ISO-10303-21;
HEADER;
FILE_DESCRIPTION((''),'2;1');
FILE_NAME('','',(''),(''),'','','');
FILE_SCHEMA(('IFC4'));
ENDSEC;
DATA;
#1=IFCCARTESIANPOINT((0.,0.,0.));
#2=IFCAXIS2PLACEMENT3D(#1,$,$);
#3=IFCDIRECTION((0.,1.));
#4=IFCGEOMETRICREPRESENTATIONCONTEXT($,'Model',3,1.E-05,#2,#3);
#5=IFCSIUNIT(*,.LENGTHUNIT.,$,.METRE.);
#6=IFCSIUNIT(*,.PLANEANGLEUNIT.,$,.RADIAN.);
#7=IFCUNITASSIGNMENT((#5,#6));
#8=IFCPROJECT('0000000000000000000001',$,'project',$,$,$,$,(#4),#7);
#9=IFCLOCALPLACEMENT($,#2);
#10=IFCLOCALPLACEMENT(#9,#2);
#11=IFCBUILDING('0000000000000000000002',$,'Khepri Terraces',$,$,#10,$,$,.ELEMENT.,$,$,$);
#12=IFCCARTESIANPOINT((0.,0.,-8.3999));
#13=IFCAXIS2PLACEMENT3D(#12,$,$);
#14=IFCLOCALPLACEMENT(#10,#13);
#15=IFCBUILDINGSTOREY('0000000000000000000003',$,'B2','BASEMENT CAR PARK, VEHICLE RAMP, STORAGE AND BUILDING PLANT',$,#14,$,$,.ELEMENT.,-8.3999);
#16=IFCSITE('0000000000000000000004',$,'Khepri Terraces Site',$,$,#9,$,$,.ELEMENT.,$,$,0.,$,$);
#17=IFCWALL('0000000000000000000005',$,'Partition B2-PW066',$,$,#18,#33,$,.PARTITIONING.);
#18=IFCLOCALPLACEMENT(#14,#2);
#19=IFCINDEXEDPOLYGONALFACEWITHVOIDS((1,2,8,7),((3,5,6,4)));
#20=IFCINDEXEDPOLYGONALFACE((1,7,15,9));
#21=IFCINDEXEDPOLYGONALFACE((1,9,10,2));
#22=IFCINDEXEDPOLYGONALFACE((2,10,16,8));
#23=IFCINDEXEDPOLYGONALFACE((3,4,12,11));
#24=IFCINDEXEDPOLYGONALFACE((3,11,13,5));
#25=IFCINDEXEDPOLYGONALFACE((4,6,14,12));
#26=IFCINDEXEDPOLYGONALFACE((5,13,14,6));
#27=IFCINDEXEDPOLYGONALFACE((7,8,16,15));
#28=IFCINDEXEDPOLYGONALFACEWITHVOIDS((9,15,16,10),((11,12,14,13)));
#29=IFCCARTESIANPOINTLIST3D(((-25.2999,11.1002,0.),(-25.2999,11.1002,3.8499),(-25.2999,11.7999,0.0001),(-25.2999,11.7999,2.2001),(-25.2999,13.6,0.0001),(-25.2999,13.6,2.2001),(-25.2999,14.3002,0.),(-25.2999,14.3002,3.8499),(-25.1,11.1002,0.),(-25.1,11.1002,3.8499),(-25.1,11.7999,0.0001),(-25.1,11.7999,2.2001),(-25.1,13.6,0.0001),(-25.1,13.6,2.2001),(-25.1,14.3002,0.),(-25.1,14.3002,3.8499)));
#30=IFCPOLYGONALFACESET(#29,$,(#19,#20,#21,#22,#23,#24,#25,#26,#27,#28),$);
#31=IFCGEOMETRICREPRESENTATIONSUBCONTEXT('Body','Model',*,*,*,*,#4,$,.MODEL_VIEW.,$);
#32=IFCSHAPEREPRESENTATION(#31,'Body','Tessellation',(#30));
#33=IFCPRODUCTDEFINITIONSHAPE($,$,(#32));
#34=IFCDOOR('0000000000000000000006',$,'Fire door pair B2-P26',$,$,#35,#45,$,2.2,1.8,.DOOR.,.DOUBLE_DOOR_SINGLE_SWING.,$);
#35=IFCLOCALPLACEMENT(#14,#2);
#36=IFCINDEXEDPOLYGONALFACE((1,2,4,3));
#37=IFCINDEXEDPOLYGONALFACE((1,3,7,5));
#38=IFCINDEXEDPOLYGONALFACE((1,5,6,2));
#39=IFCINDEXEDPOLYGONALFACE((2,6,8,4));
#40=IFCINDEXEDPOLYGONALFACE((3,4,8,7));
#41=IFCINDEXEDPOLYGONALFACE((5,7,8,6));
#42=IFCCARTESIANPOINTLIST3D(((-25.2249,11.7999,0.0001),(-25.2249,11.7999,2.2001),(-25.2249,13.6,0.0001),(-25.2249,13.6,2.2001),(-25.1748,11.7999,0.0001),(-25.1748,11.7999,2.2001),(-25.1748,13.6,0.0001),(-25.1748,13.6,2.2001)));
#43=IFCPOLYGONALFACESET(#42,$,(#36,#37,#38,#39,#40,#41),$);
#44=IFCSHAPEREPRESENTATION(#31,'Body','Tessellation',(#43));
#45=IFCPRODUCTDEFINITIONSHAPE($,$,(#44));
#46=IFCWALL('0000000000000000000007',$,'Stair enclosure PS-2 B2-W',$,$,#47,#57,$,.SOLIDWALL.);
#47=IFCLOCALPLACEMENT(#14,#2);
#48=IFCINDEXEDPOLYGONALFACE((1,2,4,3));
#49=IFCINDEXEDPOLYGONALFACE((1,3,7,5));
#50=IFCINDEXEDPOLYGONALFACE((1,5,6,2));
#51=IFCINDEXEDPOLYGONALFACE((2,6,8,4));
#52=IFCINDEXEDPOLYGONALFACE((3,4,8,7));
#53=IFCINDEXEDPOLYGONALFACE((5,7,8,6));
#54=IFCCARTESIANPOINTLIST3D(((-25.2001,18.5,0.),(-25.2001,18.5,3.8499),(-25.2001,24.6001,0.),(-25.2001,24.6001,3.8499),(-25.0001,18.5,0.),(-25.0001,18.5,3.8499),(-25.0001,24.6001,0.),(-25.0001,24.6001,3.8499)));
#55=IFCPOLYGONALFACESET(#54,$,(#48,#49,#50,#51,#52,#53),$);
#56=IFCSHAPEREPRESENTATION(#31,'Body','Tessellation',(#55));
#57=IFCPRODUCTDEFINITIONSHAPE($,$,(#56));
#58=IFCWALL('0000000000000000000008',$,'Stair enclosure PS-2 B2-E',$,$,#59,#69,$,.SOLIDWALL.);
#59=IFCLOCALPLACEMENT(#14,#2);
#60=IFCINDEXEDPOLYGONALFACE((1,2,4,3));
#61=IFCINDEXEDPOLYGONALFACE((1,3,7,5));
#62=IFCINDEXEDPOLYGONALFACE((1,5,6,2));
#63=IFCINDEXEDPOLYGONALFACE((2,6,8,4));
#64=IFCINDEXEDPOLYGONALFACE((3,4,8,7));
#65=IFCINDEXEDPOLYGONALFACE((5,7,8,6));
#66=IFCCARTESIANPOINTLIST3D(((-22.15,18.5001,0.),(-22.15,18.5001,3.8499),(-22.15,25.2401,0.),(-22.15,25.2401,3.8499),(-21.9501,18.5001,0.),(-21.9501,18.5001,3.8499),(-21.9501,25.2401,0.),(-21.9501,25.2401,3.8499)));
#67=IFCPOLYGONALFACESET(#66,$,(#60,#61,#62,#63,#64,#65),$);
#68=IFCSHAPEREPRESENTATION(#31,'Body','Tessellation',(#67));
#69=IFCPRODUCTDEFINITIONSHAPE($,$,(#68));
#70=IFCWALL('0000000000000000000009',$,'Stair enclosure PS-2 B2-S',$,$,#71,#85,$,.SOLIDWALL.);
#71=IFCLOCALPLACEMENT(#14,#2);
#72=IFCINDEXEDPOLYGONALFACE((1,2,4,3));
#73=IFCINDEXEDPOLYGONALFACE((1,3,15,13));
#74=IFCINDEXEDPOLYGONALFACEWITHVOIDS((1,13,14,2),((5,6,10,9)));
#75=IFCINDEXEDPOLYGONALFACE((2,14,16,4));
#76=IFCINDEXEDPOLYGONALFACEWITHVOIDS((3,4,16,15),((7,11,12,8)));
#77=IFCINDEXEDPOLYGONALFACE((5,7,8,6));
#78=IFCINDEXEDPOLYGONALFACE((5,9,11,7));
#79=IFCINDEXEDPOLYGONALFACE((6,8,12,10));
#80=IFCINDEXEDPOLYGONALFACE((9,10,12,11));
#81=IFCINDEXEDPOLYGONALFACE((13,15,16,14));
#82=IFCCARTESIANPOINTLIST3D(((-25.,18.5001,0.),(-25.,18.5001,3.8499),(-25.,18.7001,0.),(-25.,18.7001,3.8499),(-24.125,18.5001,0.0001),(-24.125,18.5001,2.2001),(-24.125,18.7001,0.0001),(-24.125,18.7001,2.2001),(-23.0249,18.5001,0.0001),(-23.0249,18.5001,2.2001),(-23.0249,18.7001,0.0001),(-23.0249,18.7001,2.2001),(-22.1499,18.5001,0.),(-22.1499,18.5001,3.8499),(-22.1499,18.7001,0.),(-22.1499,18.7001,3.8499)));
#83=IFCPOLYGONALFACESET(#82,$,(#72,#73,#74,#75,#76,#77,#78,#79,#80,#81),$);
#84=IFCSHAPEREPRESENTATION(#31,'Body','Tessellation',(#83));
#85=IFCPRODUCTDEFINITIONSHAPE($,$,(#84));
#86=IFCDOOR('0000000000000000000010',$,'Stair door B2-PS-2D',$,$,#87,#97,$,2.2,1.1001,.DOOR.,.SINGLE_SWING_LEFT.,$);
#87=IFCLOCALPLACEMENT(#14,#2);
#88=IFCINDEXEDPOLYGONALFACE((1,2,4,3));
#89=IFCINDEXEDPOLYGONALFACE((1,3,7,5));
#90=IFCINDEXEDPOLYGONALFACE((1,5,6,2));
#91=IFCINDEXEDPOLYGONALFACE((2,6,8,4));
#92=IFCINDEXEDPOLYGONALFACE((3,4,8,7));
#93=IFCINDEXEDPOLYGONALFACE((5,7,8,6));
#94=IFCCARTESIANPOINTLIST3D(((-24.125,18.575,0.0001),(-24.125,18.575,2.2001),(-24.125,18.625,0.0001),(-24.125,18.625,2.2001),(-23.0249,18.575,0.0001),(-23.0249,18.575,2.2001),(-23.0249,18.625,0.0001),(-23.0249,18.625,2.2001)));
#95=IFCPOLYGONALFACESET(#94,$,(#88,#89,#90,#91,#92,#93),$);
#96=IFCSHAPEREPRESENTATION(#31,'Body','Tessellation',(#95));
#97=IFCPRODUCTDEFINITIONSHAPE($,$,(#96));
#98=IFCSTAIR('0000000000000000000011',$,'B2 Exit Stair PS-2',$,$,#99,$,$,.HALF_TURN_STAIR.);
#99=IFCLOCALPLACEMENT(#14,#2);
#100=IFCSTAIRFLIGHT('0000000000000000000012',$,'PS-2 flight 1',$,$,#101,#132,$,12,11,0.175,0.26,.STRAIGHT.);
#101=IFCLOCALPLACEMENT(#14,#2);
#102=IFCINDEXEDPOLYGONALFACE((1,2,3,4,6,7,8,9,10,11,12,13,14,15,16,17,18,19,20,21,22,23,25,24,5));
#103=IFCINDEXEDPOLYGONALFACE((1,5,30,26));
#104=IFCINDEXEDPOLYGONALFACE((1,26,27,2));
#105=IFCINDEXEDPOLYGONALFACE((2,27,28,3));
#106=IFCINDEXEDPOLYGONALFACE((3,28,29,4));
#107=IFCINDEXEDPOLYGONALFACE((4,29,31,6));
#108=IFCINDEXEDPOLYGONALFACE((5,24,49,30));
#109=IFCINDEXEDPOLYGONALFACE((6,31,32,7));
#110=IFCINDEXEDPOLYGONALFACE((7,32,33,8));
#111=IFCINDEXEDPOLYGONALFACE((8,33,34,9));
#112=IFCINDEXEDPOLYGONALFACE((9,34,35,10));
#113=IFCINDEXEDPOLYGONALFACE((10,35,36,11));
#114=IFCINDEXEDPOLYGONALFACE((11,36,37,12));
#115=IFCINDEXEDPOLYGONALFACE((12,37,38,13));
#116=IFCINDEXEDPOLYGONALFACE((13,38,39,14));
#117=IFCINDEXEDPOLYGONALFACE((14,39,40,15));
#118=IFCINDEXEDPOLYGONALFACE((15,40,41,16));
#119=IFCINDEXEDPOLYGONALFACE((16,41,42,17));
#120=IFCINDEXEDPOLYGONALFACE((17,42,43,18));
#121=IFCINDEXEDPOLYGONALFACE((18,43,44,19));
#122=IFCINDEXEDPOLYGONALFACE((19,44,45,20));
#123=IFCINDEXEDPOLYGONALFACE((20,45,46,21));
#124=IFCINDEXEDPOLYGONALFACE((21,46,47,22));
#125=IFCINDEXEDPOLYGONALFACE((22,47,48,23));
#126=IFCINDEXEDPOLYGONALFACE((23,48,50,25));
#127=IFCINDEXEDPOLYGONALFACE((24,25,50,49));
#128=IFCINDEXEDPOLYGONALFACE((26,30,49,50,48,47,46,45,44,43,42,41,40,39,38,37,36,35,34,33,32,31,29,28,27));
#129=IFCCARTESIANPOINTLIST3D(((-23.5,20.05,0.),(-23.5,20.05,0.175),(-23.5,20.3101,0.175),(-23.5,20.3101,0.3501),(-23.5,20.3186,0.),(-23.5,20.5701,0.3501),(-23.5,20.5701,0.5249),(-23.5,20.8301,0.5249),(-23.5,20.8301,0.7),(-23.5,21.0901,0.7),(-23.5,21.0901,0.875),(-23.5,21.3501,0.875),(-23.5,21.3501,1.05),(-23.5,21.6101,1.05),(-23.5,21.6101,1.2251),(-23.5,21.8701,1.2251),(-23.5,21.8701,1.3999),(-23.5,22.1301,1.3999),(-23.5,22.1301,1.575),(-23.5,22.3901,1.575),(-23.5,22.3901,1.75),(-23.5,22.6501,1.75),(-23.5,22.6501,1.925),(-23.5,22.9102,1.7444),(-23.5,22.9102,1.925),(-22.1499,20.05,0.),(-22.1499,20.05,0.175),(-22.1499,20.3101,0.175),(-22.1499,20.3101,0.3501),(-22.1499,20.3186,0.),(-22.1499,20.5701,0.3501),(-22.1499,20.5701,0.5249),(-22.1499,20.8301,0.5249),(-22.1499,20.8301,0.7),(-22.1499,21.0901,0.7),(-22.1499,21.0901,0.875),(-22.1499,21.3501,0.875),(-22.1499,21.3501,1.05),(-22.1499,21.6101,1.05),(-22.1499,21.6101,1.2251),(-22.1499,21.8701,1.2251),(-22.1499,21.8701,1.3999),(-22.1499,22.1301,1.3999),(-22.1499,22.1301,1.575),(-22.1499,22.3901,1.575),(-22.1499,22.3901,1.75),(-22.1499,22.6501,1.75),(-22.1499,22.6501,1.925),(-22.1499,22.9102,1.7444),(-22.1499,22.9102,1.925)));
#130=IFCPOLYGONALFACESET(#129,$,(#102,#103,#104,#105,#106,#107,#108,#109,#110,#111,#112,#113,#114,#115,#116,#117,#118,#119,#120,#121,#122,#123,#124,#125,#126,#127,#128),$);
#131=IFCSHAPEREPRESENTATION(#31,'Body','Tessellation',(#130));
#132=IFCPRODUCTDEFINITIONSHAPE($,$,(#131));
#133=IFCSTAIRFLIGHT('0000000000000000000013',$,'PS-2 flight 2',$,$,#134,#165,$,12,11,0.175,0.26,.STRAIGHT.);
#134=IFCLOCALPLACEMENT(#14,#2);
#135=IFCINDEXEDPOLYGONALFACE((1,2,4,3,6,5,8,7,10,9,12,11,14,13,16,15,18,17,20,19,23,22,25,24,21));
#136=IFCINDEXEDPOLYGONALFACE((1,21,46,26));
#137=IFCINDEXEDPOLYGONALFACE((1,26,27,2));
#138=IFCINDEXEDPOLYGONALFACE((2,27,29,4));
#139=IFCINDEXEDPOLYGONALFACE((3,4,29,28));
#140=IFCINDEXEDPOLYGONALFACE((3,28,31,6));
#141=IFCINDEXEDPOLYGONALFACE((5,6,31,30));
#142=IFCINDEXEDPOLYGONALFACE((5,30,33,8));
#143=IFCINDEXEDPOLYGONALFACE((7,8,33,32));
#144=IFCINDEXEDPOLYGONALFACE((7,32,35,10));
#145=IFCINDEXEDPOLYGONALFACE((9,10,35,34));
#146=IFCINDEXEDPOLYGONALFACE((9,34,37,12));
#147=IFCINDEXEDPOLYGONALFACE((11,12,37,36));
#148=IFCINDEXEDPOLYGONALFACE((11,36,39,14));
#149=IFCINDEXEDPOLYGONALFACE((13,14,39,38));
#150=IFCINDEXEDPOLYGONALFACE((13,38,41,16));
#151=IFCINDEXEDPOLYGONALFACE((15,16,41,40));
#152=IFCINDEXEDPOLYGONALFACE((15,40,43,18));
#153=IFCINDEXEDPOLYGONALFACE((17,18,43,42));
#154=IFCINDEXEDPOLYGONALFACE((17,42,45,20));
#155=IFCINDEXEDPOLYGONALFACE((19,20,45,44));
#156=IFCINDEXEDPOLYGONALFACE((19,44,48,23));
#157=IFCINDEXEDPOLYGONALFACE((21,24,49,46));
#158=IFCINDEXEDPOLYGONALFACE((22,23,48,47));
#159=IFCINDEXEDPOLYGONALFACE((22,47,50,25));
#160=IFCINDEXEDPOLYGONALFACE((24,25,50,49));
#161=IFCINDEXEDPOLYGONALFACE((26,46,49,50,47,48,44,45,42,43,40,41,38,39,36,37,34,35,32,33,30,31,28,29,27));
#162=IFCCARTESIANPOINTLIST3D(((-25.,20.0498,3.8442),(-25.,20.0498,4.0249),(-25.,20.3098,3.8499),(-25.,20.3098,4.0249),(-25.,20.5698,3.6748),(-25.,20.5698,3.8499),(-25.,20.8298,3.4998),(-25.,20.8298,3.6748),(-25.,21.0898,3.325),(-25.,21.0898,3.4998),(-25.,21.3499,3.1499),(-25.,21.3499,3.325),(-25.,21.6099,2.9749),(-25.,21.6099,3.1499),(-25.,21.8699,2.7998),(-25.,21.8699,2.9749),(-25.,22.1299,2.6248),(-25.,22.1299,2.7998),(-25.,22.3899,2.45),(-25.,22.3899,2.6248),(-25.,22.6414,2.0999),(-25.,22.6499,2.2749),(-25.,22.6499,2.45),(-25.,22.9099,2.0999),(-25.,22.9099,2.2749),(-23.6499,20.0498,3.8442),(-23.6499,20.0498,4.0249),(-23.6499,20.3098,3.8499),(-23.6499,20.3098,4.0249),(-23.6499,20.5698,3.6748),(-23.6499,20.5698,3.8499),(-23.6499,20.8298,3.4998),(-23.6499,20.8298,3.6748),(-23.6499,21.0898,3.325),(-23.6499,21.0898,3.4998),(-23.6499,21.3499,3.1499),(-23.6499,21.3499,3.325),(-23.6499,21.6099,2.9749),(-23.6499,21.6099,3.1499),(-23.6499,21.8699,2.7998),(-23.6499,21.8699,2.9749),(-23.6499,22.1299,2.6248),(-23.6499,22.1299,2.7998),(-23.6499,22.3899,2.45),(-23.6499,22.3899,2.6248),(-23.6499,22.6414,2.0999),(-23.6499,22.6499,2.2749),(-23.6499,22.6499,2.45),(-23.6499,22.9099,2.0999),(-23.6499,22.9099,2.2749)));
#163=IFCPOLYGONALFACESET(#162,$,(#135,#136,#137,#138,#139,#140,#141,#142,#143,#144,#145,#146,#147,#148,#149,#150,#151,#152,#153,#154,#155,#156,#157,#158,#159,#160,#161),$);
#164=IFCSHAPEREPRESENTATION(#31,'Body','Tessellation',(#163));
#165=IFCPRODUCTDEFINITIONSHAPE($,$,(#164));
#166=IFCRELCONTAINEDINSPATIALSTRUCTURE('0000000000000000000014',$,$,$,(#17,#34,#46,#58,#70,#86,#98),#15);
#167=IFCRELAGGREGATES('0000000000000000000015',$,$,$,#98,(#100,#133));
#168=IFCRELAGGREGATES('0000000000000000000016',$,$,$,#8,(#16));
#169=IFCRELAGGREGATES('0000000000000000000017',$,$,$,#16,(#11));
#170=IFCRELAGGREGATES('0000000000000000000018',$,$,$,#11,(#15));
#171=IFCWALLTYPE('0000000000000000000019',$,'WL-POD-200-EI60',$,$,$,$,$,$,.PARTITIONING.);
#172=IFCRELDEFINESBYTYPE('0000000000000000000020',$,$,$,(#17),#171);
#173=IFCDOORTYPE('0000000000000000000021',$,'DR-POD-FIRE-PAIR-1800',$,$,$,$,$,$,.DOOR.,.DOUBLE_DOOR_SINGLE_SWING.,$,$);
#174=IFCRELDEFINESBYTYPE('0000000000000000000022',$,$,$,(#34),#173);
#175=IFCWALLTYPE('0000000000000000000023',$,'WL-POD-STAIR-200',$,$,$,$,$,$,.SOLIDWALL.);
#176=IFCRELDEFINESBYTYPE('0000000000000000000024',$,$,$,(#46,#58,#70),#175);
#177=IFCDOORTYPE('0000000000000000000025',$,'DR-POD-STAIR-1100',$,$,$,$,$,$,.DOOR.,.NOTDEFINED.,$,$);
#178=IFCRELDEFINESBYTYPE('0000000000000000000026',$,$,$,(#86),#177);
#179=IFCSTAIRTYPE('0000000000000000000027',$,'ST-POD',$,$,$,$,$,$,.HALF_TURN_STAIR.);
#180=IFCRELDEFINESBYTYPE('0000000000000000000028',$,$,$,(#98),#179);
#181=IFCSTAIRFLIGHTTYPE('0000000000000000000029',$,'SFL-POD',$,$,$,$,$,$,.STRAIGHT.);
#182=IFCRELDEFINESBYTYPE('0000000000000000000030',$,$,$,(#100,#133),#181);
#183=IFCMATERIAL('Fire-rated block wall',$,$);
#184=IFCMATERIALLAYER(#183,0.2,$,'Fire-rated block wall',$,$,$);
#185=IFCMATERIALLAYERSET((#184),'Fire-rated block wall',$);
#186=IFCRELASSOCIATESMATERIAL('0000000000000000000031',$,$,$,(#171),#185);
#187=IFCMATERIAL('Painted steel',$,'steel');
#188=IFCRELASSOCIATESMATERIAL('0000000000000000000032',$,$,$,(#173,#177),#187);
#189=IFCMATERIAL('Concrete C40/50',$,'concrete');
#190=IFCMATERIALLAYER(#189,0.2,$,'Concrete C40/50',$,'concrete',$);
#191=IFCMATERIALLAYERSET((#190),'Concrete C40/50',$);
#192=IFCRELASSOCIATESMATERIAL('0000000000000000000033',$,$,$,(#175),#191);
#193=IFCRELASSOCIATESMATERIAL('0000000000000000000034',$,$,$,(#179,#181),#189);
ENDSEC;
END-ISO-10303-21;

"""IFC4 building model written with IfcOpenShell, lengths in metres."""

from ifc_helpers import new_model, si_unit, direction, frame, frame_2d, origin, place, context, subcontext, project, spatial, polyline, rectangle, outline, extrude, material, layer, layer_set, type_object, element, fill, aggregate, save


model = new_model("IFC4")

# Units and contexts
model_context = context("Model", 3, precision=1e-05, world=origin(), true_north=direction((0.0, 1.0)))
body_context = subcontext(model_context, "Body", "Model", "MODEL_VIEW")
ifc_project = project(units=[si_unit("LENGTHUNIT", "METRE"), si_unit("PLANEANGLEUNIT", "RADIAN")], contexts=[model_context])

# Site, building, storey
site_placement = place(None, origin())
site = spatial("IfcSite", under=ifc_project, at=site_placement, Name="Khepri Terraces Site", CompositionType="ELEMENT", RefElevation=0.0)
building_placement = place(site_placement, origin())
building = spatial("IfcBuilding", under=site, at=building_placement, Name="Khepri Terraces", CompositionType="ELEMENT")
storey_placement = place(building_placement, frame((0.0, 0.0, -8.3999)))
storey = spatial("IfcBuildingStorey", under=building, at=storey_placement, Name="B2", Description="BASEMENT CAR PARK, VEHICLE RAMP, STORAGE AND BUILDING PLANT", CompositionType="ELEMENT", Elevation=-8.3999)

# Shared definitions
ifc_material_1 = material(Name="Fire-rated block wall")

# Wall, opening, door
ifc_layer_1 = layer(ifc_material_1, 0.2, Name="Fire-rated block wall")
ifc_layer_set_1 = layer_set([ifc_layer_1], Name="Fire-rated block wall")
wall_type_1 = type_object("IfcWallType", Name="WL-POD-200-EI60", PredefinedType="PARTITIONING", material=ifc_layer_set_1)
wall_1_placement = place(storey_placement, frame((-25.2, 11.1001, 0.0), z_axis=(0.0, 0.0, 1.0), x_axis=(0.0, 1.0, 0.0)))
wall_1 = element("IfcWall", 1, at=wall_1_placement, inside=storey, type_object=wall_type_1, Name="Partition B2-PW066", PredefinedType="PARTITIONING", context=body_context, shape_type="SweptSolid", body=[
    extrude(rectangle(XDim=3.2, YDim=0.2, at=frame_2d((1.6001, 0.0))), origin(), (0.0, 0.0, 1.0), 3.8499),
])
opening_1_placement = place(wall_1_placement, frame((0.7, 0.0, 0.0)))
opening_1 = element("IfcOpeningElement", 2, at=opening_1_placement, cuts=wall_1, PredefinedType="OPENING", context=body_context, shape_type="SweptSolid", body=[
    extrude(rectangle(XDim=1.8, YDim=2.2, at=frame_2d((0.8999, 1.1001))), frame((0.0, 0.1099, 0.0), z_axis=(0.0, -1.0, 0.0), x_axis=(1.0, 0.0, 0.0)), (0.0, 0.0, 1.0), 0.22),
])
ifc_material_2 = material(Name="Painted steel", Category="steel")
door_type_1 = type_object("IfcDoorType", Name="DR-POD-FIRE-PAIR-1800", OperationType="DOUBLE_DOOR_SINGLE_SWING", PredefinedType="DOOR", material=ifc_material_2)
door_1_placement = place(opening_1_placement, origin())
door_1 = element("IfcDoor", 3, at=door_1_placement, inside=storey, type_object=door_type_1, Name="Fire door pair B2-P26", OperationType="DOUBLE_DOOR_SINGLE_SWING", OverallHeight=2.2, OverallWidth=1.8, PredefinedType="DOOR", context=body_context, shape_type="SweptSolid", body=[
    extrude(rectangle(XDim=1.8, YDim=2.2, at=frame_2d((0.8999, 1.1001))), frame((0.0, 0.0249, 0.0), z_axis=(0.0, -1.0, 0.0), x_axis=(1.0, 0.0, 0.0)), (0.0, 0.0, 1.0), 0.05),
])
fill(opening_1, door_1)

# Walls
ifc_material_3 = material(Name="Concrete C40/50", Category="concrete")
ifc_layer_2 = layer(ifc_material_3, 0.2, Name="Concrete C40/50", Category="concrete")
ifc_layer_set_2 = layer_set([ifc_layer_2], Name="Concrete C40/50")
wall_type_2 = type_object("IfcWallType", Name="WL-POD-STAIR-200", PredefinedType="SOLIDWALL", material=ifc_layer_set_2)
wall_2_placement = place(storey_placement, frame((-25.1001, 18.5, 0.0), z_axis=(0.0, 0.0, 1.0), x_axis=(0.0, 1.0, 0.0)))
element("IfcWall", 4, at=wall_2_placement, inside=storey, type_object=wall_type_2, Name="Stair enclosure PS-2 B2-W", PredefinedType="SOLIDWALL", context=body_context, shape_type="SweptSolid", body=[
    extrude(rectangle(XDim=6.1001, YDim=0.2, at=frame_2d((3.05, 0.0))), origin(), (0.0, 0.0, 1.0), 3.8499),
])
wall_3_placement = place(storey_placement, frame((-22.05, 18.5, 0.0), z_axis=(0.0, 0.0, 1.0), x_axis=(0.0, 1.0, 0.0)))
element("IfcWall", 5, at=wall_3_placement, inside=storey, type_object=wall_type_2, Name="Stair enclosure PS-2 B2-E", PredefinedType="SOLIDWALL", context=body_context, shape_type="SweptSolid", body=[
    extrude(rectangle(XDim=6.74, YDim=0.2, at=frame_2d((3.3701, 0.0))), origin(), (0.0, 0.0, 1.0), 3.8499),
])

# Wall, opening, door
wall_4_placement = place(storey_placement, frame((-25.0, 18.6001, 0.0), z_axis=(0.0, 0.0, 1.0), x_axis=(1.0, 0.0, 0.0)))
wall_4 = element("IfcWall", 6, at=wall_4_placement, inside=storey, type_object=wall_type_2, Name="Stair enclosure PS-2 B2-S", PredefinedType="SOLIDWALL", context=body_context, shape_type="SweptSolid", body=[
    extrude(rectangle(XDim=2.8501, YDim=0.2, at=frame_2d((1.425, 0.0))), origin(), (0.0, 0.0, 1.0), 3.8499),
])
opening_2_placement = place(wall_4_placement, frame((0.875, 0.0, 0.0)))
opening_2 = element("IfcOpeningElement", 7, at=opening_2_placement, cuts=wall_4, PredefinedType="OPENING", context=body_context, shape_type="SweptSolid", body=[
    extrude(rectangle(XDim=1.1001, YDim=2.2, at=frame_2d((0.55, 1.1001))), frame((0.0, 0.1099, 0.0), z_axis=(0.0, -1.0, 0.0), x_axis=(1.0, 0.0, 0.0)), (0.0, 0.0, 1.0), 0.22),
])
door_type_2 = type_object("IfcDoorType", Name="DR-POD-STAIR-1100", OperationType="NOTDEFINED", PredefinedType="DOOR", material=ifc_material_2)
door_2_placement = place(opening_2_placement, origin())
door_2 = element("IfcDoor", 8, at=door_2_placement, inside=storey, type_object=door_type_2, Name="Stair door B2-PS-2D", OperationType="SINGLE_SWING_LEFT", OverallHeight=2.2, OverallWidth=1.1001, PredefinedType="DOOR", context=body_context, shape_type="SweptSolid", body=[
    extrude(rectangle(XDim=1.1001, YDim=2.2, at=frame_2d((0.55, 1.1001))), frame((0.0, 0.0249, 0.0), z_axis=(0.0, -1.0, 0.0), x_axis=(1.0, 0.0, 0.0)), (0.0, 0.0, 1.0), 0.05),
])
fill(opening_2, door_2)

# Stair, stair flights
stair_type = type_object("IfcStairType", Name="ST-POD", PredefinedType="HALF_TURN_STAIR", material=ifc_material_3)
stair_placement = place(storey_placement, origin())
stair = element("IfcStair", 9, at=stair_placement, inside=storey, type_object=stair_type, Name="B2 Exit Stair PS-2", PredefinedType="HALF_TURN_STAIR")
stair_flight_type = type_object("IfcStairFlightType", Name="SFL-POD", PredefinedType="STRAIGHT", material=ifc_material_3)
stair_flight_1_placement = place(storey_placement, frame((-22.825, 20.05, 0.0), z_axis=(0.0, 0.0, 1.0), x_axis=(0.0, 1.0, 0.0)))
stair_flight_1 = element("IfcStairFlight", 10, at=stair_flight_1_placement, type_object=stair_flight_type, Name="PS-2 flight 1", NumberOfRisers=12, NumberOfTreads=11, PredefinedType="STRAIGHT", RiserHeight=0.175, TreadLength=0.26, context=body_context, shape_type="SweptSolid", body=[
    extrude(outline(polyline([(0.0, 0.0), (0.0, 0.175), (0.26, 0.175), (0.26, 0.3501), (0.52, 0.3501), (0.52, 0.5249), (0.78, 0.5249), (0.78, 0.7), (1.04, 0.7), (1.04, 0.875), (1.3, 0.875), (1.3, 1.05), (1.5601, 1.05), (1.5601, 1.2251), (1.8201, 1.2251), (1.8201, 1.3999), (2.0801, 1.3999), (2.0801, 1.575), (2.3401, 1.575), (2.3401, 1.75), (2.6001, 1.75), (2.6001, 1.925), (2.8601, 1.925), (2.8601, 2.1001), (2.8601, 1.7444), (0.2686, 0.0), (0.0, 0.0)])), frame((0.0, 0.675, 0.0), z_axis=(0.0, -1.0, 0.0), x_axis=(1.0, 0.0, 0.0)), (0.0, 0.0, 1.0), 1.3501),
])
stair_flight_2_placement = place(storey_placement, frame((-24.325, 22.9099, 2.0999), z_axis=(0.0, 0.0, 1.0), x_axis=(0.0, -1.0, 0.0)))
stair_flight_2 = element("IfcStairFlight", 11, at=stair_flight_2_placement, type_object=stair_flight_type, Name="PS-2 flight 2", NumberOfRisers=12, NumberOfTreads=11, PredefinedType="STRAIGHT", RiserHeight=0.175, TreadLength=0.26, context=body_context, shape_type="SweptSolid", body=[
    extrude(outline(polyline([(0.0, 0.0), (0.0, 0.175), (0.26, 0.175), (0.26, 0.3501), (0.52, 0.3501), (0.52, 0.5249), (0.78, 0.5249), (0.78, 0.7), (1.04, 0.7), (1.04, 0.875), (1.3, 0.875), (1.3, 1.05), (1.5601, 1.05), (1.5601, 1.2251), (1.8201, 1.2251), (1.8201, 1.3999), (2.0801, 1.3999), (2.0801, 1.575), (2.3401, 1.575), (2.3401, 1.75), (2.6001, 1.75), (2.6001, 1.925), (2.8601, 1.925), (2.8601, 2.1001), (2.8601, 1.7444), (0.2686, 0.0), (0.0, 0.0)])), frame((0.0, 0.675, 0.0), z_axis=(0.0, -1.0, 0.0), x_axis=(1.0, 0.0, 0.0)), (0.0, 0.0, 1.0), 1.3501),
])
aggregate(stair, [stair_flight_1, stair_flight_2])

save(model, "model.ifc")
